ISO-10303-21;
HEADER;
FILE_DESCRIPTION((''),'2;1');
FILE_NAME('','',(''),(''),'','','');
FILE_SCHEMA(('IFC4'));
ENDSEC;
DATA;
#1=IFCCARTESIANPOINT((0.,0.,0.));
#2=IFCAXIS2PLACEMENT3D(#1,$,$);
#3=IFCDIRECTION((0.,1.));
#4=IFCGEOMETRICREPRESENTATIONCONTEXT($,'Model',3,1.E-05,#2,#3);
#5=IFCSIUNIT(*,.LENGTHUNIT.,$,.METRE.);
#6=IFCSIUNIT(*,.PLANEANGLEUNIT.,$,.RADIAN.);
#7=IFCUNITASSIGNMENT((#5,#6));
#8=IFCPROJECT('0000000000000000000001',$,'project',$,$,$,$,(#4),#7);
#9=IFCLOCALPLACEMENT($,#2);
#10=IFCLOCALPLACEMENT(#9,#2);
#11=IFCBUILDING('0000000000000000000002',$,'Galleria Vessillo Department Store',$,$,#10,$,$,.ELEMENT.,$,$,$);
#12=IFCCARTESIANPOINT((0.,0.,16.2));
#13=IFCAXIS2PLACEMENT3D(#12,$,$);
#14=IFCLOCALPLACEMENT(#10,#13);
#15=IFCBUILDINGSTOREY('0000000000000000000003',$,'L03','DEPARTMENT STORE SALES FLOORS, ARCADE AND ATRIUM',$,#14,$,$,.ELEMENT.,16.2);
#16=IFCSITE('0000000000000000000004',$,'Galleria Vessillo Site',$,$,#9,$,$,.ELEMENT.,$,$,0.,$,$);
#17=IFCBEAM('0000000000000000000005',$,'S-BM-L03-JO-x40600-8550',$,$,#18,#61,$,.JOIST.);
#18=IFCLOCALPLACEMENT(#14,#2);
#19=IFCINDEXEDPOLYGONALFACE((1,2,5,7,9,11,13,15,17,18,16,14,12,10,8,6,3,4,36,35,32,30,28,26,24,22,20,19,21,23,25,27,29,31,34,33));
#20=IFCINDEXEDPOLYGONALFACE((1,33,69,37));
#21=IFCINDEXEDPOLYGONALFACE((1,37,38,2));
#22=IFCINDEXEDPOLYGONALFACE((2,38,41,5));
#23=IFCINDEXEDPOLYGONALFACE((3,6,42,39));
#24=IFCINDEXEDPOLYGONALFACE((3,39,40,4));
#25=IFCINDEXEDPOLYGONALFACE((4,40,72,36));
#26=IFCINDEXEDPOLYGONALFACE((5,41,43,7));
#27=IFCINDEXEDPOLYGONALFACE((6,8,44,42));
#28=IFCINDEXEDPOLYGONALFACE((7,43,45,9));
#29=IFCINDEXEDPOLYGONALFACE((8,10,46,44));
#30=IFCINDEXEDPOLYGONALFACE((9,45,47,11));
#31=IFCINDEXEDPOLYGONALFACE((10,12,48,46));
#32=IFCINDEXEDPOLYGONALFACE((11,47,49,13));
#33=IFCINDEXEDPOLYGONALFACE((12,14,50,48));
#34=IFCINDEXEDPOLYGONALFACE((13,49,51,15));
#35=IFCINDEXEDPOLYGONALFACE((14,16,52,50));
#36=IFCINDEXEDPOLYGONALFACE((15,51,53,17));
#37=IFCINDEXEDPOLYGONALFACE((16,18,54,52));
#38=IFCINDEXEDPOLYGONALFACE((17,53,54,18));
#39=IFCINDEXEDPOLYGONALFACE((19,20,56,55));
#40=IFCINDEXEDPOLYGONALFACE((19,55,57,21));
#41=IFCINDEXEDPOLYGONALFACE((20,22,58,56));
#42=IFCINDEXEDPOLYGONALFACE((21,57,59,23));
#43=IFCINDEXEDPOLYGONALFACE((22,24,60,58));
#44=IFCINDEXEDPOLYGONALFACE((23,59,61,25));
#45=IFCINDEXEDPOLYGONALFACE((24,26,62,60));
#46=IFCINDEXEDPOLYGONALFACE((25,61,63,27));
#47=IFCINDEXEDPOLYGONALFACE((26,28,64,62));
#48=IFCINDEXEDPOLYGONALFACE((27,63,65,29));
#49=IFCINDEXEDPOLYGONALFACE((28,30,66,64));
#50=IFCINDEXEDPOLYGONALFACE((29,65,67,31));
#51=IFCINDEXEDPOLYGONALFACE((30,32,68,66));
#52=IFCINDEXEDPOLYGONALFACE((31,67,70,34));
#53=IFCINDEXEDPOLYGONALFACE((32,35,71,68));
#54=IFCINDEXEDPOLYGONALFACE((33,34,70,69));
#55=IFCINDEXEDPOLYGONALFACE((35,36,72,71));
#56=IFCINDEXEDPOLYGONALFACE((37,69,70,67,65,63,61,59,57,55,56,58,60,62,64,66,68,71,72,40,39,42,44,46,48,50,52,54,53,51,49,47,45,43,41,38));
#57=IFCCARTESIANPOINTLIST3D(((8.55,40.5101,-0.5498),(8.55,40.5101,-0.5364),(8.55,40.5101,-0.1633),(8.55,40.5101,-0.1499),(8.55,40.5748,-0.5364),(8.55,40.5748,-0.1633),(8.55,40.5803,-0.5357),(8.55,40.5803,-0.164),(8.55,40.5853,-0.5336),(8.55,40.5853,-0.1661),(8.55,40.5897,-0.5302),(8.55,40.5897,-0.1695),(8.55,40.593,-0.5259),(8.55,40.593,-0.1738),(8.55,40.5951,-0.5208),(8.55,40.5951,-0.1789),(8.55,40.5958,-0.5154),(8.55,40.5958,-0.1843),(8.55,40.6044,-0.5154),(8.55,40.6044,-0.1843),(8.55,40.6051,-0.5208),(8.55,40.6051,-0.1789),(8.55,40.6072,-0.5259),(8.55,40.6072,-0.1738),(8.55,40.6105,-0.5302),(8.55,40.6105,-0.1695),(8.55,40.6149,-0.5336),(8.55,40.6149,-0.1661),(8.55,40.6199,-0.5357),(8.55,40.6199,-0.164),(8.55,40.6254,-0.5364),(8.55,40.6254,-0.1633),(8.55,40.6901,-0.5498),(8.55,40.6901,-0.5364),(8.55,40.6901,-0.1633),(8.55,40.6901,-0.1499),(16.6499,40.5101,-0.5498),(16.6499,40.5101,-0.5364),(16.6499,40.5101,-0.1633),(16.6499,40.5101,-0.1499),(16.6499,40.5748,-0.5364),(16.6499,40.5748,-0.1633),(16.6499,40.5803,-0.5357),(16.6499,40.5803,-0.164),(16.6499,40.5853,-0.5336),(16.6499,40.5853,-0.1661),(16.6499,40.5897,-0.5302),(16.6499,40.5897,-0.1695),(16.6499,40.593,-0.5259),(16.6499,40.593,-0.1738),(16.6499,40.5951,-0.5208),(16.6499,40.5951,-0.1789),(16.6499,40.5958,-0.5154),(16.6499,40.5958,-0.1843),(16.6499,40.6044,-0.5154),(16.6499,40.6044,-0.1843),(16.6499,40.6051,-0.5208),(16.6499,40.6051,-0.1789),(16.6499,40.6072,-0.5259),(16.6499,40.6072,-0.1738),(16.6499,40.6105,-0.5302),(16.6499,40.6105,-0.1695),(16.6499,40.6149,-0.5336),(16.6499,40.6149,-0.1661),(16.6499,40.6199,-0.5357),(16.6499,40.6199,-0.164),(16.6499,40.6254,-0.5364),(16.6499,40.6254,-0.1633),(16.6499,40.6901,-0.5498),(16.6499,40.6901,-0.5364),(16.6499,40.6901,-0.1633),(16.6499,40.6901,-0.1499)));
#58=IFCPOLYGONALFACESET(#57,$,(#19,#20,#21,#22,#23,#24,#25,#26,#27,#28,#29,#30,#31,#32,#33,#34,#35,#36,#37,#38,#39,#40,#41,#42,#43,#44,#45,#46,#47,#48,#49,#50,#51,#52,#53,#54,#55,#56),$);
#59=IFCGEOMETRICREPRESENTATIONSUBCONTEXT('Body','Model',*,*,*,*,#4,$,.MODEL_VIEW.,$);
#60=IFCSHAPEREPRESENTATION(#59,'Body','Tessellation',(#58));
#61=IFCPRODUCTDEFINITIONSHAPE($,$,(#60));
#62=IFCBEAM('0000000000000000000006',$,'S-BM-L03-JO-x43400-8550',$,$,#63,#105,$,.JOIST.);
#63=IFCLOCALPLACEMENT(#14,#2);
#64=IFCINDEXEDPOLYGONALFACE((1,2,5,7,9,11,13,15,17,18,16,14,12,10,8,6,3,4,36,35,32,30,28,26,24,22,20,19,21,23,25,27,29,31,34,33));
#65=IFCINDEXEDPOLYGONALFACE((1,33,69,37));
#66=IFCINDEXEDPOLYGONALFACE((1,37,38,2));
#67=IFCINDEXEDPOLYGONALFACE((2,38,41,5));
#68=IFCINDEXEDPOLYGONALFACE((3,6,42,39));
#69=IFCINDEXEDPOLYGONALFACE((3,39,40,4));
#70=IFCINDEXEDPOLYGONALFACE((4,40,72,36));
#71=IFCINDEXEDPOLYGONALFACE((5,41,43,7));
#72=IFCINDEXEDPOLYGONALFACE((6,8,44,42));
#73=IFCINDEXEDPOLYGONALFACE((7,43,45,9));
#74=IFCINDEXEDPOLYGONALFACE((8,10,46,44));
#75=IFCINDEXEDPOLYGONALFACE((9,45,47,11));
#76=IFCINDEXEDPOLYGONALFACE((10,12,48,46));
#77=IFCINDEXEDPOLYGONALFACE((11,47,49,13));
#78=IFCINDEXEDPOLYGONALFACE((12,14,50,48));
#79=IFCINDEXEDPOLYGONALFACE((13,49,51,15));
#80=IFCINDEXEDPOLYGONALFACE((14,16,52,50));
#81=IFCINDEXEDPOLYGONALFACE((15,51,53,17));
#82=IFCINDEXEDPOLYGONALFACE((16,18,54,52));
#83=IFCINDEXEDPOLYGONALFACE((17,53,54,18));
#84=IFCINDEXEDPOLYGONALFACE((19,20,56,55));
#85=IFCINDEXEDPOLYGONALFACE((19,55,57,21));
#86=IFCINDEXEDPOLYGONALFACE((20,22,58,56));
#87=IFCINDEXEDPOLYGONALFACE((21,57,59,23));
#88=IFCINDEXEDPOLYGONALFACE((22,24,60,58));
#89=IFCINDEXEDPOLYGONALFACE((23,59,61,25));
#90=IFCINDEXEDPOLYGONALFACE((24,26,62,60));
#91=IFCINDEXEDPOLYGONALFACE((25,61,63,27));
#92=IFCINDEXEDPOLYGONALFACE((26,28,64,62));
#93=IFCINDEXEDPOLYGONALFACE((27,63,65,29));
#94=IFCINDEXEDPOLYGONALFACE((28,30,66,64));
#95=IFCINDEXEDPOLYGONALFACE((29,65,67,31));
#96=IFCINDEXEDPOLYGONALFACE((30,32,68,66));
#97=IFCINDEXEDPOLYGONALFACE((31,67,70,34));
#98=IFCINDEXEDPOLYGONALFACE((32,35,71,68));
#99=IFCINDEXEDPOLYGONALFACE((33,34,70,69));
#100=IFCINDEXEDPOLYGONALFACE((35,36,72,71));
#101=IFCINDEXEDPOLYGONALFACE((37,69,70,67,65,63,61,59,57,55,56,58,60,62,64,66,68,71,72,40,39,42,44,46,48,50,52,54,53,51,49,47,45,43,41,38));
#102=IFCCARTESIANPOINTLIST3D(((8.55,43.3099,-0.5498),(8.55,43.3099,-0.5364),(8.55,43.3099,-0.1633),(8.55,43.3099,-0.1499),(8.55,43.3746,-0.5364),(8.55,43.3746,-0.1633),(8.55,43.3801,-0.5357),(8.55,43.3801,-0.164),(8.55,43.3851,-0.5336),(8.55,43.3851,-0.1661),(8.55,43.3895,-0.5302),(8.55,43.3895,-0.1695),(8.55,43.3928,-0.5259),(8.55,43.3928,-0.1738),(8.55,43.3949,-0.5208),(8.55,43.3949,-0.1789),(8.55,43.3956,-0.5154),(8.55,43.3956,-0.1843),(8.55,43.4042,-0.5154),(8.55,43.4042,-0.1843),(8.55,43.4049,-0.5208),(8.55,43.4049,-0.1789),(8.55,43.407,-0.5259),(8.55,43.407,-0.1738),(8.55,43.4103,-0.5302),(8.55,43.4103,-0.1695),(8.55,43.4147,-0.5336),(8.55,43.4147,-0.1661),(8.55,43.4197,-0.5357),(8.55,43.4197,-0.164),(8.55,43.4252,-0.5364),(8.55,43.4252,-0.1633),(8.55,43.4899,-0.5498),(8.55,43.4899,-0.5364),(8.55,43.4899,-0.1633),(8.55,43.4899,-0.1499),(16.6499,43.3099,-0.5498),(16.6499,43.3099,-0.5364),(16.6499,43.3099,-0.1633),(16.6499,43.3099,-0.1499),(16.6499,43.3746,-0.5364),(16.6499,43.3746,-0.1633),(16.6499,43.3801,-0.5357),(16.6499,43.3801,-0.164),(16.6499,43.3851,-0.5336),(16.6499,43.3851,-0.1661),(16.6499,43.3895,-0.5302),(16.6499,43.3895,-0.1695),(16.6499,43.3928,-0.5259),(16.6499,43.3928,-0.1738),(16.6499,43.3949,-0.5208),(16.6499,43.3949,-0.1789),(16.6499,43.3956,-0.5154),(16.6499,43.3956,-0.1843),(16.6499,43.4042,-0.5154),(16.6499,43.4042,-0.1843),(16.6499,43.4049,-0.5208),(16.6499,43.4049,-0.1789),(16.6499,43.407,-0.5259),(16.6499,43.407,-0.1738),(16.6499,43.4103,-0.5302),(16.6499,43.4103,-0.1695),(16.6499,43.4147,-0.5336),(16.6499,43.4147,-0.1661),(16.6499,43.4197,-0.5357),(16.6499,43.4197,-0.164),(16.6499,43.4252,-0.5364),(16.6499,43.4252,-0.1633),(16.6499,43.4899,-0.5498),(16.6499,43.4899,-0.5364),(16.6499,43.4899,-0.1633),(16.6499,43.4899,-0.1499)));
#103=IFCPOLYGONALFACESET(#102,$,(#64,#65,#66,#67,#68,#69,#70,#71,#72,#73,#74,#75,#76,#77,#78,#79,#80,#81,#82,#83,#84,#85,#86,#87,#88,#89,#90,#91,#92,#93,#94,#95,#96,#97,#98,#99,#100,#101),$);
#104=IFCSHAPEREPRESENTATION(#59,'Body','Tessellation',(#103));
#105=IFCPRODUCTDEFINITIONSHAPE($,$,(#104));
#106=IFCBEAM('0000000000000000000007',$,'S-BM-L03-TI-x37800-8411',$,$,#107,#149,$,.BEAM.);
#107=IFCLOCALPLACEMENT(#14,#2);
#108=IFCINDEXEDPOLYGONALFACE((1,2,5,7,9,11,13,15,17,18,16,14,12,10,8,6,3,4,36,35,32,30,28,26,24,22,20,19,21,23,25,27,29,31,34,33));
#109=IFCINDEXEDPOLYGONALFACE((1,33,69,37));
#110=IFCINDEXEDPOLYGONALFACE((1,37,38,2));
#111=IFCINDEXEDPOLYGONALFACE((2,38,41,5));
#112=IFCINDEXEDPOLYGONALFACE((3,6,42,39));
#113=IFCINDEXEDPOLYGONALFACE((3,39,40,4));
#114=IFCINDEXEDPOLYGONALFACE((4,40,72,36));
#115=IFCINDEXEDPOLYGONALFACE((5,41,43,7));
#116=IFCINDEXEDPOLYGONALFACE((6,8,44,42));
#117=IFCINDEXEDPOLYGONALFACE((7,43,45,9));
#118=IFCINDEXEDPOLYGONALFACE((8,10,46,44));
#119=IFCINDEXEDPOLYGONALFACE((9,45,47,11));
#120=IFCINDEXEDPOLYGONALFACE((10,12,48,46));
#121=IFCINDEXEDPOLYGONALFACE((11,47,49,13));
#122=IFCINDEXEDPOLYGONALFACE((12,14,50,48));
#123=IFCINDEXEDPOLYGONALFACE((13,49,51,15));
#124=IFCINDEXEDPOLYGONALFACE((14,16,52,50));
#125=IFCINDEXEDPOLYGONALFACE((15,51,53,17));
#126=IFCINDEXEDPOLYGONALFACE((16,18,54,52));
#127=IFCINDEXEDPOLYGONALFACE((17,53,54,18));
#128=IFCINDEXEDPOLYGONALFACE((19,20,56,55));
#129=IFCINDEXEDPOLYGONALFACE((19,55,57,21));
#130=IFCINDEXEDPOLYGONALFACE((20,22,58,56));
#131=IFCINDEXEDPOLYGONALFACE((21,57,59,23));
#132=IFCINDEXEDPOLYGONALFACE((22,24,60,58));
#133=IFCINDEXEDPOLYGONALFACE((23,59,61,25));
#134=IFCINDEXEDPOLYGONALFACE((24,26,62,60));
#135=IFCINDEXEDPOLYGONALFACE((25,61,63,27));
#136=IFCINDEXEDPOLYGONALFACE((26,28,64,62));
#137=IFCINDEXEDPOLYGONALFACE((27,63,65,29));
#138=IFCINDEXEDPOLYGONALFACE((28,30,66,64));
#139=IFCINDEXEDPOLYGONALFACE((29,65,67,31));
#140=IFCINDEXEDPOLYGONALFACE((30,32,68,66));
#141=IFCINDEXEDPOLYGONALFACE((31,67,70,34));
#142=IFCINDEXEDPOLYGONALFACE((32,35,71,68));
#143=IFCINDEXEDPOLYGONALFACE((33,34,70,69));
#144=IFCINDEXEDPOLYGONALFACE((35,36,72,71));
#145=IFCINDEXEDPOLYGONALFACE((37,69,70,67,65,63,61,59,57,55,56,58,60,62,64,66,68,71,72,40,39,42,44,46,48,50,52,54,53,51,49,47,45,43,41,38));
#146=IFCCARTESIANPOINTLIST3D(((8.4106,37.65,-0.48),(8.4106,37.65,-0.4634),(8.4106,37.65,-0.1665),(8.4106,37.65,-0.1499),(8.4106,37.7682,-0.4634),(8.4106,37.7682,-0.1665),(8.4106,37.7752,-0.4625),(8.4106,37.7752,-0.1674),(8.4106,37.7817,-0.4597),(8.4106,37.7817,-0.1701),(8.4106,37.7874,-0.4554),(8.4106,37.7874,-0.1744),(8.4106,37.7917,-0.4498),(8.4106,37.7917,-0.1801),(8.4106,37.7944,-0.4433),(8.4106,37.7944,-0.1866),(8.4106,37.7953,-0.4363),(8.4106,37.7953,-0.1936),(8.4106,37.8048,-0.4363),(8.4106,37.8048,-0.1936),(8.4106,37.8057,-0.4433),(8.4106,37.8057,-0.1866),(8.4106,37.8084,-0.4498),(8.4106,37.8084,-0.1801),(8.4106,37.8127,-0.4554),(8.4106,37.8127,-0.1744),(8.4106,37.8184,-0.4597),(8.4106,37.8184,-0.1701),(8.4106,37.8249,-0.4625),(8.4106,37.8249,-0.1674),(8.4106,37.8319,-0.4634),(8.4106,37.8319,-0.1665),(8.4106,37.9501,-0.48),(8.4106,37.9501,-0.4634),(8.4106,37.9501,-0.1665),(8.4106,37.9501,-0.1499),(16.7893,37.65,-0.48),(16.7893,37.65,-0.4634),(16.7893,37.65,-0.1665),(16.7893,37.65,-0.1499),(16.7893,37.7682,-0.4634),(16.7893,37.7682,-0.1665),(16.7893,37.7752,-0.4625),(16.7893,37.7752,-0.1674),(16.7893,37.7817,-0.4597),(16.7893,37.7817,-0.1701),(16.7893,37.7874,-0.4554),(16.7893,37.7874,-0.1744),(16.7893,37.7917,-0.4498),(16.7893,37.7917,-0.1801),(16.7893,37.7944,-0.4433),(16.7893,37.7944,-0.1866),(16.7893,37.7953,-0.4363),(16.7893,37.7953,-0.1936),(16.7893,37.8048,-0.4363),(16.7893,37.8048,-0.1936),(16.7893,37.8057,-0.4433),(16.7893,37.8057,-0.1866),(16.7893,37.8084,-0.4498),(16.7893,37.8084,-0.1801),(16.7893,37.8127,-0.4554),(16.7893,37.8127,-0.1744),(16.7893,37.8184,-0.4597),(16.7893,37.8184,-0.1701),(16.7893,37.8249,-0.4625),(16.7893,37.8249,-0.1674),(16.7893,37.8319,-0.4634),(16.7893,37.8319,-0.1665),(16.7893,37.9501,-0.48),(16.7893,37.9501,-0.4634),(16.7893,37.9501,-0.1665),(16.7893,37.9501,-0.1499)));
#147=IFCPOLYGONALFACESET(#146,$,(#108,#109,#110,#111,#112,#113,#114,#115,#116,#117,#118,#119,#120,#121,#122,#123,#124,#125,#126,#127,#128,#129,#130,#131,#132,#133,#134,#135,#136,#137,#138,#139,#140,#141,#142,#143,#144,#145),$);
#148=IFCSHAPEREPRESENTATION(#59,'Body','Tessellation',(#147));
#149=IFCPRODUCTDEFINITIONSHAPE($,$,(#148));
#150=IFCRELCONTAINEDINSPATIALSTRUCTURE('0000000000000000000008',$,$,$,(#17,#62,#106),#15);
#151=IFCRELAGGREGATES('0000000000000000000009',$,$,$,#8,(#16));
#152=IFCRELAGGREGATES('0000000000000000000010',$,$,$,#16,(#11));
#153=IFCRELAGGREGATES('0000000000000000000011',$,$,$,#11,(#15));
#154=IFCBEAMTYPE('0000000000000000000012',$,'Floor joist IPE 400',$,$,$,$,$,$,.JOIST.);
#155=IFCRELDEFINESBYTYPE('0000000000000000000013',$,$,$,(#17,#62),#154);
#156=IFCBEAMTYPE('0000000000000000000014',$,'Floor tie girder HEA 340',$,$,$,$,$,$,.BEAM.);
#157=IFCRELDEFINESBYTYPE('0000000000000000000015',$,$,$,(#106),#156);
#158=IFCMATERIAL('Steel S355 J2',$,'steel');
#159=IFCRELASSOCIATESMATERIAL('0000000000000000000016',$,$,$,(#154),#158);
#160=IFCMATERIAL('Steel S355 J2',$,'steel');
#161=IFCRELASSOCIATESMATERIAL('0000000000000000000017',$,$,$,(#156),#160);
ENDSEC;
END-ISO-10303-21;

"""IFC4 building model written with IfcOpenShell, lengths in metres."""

from ifc_helpers import new_model, si_unit, direction, frame, origin, origin_2d, place, context, subcontext, project, spatial, i_section, extrude, material, material_profile, profile_set, type_object, element, save


model = new_model("IFC4")

# Units and contexts
model_context = context("Model", 3, precision=1e-05, world=origin(), true_north=direction((0.0, 1.0)))
body_context = subcontext(model_context, "Body", "Model", "MODEL_VIEW")
ifc_project = project(units=[si_unit("LENGTHUNIT", "METRE"), si_unit("PLANEANGLEUNIT", "RADIAN")], contexts=[model_context])

# Site, building, storey
site_placement = place(None, origin())
site = spatial("IfcSite", under=ifc_project, at=site_placement, Name="Galleria Vessillo Site", CompositionType="ELEMENT", RefElevation=0.0)
building_placement = place(site_placement, origin())
building = spatial("IfcBuilding", under=site, at=building_placement, Name="Galleria Vessillo Department Store", CompositionType="ELEMENT")
storey_placement = place(building_placement, frame((0.0, 0.0, 16.2)))
storey = spatial("IfcBuildingStorey", under=building, at=storey_placement, Name="L03", Description="DEPARTMENT STORE SALES FLOORS, ARCADE AND ATRIUM", CompositionType="ELEMENT", Elevation=16.2)

# Beams
ifc_material_1 = material(Name="Steel S355 J2", Category="steel")
ifc_material_profile_1 = material_profile(ifc_material_1, i_section(OverallWidth=0.1799, OverallDepth=0.3999, WebThickness=0.0085, FlangeThickness=0.0134, FilletRadius=0.021, at=origin_2d()), Name="IPE 400")
ifc_profile_set_1 = profile_set([ifc_material_profile_1], Name="Steel S355 J2")
beam_type_1 = type_object("IfcBeamType", Name="Floor joist IPE 400", PredefinedType="JOIST", material=ifc_profile_set_1)
for number, where, z_axis, x_axis, name in (
    (1, (8.55, 40.6001, -0.3499), (1.0, 0.0, 0.0), (0.0, 1.0, 0.0), "S-BM-L03-JO-x40600-8550"),
    (2, (8.55, 43.3999, -0.3499), (1.0, 0.0, 0.0), (0.0, 1.0, 0.0), "S-BM-L03-JO-x43400-8550"),
):
    element("IfcBeam", number, at=place(storey_placement, frame(where, z_axis=z_axis, x_axis=x_axis)), inside=storey, type_object=beam_type_1, Name=name, PredefinedType="JOIST", context=body_context, shape_type="SweptSolid", body=[
        extrude(i_section(OverallWidth=0.1799, OverallDepth=0.3999, WebThickness=0.0085, FlangeThickness=0.0134, FilletRadius=0.021, at=origin_2d()), origin(), (0.0, 0.0, 1.0), 8.0999),
    ])
ifc_material_2 = material(Name="Steel S355 J2", Category="steel")
ifc_material_profile_2 = material_profile(ifc_material_2, i_section(OverallWidth=0.3, OverallDepth=0.3301, WebThickness=0.0095, FlangeThickness=0.0166, FilletRadius=0.0271, at=origin_2d()), Name="HEA 340")
ifc_profile_set_2 = profile_set([ifc_material_profile_2], Name="Steel S355 J2")
beam_type_2 = type_object("IfcBeamType", Name="Floor tie girder HEA 340", PredefinedType="BEAM", material=ifc_profile_set_2)
beam_1_placement = place(storey_placement, frame((8.4106, 37.8, -0.3149), z_axis=(1.0, 0.0, 0.0), x_axis=(0.0, 1.0, 0.0)))
element("IfcBeam", 3, at=beam_1_placement, inside=storey, type_object=beam_type_2, Name="S-BM-L03-TI-x37800-8411", PredefinedType="BEAM", context=body_context, shape_type="SweptSolid", body=[
    extrude(i_section(OverallWidth=0.3, OverallDepth=0.3301, WebThickness=0.0095, FlangeThickness=0.0166, FilletRadius=0.0271, at=origin_2d()), origin(), (0.0, 0.0, 1.0), 8.3787),
])

save(model, "model.ifc")
